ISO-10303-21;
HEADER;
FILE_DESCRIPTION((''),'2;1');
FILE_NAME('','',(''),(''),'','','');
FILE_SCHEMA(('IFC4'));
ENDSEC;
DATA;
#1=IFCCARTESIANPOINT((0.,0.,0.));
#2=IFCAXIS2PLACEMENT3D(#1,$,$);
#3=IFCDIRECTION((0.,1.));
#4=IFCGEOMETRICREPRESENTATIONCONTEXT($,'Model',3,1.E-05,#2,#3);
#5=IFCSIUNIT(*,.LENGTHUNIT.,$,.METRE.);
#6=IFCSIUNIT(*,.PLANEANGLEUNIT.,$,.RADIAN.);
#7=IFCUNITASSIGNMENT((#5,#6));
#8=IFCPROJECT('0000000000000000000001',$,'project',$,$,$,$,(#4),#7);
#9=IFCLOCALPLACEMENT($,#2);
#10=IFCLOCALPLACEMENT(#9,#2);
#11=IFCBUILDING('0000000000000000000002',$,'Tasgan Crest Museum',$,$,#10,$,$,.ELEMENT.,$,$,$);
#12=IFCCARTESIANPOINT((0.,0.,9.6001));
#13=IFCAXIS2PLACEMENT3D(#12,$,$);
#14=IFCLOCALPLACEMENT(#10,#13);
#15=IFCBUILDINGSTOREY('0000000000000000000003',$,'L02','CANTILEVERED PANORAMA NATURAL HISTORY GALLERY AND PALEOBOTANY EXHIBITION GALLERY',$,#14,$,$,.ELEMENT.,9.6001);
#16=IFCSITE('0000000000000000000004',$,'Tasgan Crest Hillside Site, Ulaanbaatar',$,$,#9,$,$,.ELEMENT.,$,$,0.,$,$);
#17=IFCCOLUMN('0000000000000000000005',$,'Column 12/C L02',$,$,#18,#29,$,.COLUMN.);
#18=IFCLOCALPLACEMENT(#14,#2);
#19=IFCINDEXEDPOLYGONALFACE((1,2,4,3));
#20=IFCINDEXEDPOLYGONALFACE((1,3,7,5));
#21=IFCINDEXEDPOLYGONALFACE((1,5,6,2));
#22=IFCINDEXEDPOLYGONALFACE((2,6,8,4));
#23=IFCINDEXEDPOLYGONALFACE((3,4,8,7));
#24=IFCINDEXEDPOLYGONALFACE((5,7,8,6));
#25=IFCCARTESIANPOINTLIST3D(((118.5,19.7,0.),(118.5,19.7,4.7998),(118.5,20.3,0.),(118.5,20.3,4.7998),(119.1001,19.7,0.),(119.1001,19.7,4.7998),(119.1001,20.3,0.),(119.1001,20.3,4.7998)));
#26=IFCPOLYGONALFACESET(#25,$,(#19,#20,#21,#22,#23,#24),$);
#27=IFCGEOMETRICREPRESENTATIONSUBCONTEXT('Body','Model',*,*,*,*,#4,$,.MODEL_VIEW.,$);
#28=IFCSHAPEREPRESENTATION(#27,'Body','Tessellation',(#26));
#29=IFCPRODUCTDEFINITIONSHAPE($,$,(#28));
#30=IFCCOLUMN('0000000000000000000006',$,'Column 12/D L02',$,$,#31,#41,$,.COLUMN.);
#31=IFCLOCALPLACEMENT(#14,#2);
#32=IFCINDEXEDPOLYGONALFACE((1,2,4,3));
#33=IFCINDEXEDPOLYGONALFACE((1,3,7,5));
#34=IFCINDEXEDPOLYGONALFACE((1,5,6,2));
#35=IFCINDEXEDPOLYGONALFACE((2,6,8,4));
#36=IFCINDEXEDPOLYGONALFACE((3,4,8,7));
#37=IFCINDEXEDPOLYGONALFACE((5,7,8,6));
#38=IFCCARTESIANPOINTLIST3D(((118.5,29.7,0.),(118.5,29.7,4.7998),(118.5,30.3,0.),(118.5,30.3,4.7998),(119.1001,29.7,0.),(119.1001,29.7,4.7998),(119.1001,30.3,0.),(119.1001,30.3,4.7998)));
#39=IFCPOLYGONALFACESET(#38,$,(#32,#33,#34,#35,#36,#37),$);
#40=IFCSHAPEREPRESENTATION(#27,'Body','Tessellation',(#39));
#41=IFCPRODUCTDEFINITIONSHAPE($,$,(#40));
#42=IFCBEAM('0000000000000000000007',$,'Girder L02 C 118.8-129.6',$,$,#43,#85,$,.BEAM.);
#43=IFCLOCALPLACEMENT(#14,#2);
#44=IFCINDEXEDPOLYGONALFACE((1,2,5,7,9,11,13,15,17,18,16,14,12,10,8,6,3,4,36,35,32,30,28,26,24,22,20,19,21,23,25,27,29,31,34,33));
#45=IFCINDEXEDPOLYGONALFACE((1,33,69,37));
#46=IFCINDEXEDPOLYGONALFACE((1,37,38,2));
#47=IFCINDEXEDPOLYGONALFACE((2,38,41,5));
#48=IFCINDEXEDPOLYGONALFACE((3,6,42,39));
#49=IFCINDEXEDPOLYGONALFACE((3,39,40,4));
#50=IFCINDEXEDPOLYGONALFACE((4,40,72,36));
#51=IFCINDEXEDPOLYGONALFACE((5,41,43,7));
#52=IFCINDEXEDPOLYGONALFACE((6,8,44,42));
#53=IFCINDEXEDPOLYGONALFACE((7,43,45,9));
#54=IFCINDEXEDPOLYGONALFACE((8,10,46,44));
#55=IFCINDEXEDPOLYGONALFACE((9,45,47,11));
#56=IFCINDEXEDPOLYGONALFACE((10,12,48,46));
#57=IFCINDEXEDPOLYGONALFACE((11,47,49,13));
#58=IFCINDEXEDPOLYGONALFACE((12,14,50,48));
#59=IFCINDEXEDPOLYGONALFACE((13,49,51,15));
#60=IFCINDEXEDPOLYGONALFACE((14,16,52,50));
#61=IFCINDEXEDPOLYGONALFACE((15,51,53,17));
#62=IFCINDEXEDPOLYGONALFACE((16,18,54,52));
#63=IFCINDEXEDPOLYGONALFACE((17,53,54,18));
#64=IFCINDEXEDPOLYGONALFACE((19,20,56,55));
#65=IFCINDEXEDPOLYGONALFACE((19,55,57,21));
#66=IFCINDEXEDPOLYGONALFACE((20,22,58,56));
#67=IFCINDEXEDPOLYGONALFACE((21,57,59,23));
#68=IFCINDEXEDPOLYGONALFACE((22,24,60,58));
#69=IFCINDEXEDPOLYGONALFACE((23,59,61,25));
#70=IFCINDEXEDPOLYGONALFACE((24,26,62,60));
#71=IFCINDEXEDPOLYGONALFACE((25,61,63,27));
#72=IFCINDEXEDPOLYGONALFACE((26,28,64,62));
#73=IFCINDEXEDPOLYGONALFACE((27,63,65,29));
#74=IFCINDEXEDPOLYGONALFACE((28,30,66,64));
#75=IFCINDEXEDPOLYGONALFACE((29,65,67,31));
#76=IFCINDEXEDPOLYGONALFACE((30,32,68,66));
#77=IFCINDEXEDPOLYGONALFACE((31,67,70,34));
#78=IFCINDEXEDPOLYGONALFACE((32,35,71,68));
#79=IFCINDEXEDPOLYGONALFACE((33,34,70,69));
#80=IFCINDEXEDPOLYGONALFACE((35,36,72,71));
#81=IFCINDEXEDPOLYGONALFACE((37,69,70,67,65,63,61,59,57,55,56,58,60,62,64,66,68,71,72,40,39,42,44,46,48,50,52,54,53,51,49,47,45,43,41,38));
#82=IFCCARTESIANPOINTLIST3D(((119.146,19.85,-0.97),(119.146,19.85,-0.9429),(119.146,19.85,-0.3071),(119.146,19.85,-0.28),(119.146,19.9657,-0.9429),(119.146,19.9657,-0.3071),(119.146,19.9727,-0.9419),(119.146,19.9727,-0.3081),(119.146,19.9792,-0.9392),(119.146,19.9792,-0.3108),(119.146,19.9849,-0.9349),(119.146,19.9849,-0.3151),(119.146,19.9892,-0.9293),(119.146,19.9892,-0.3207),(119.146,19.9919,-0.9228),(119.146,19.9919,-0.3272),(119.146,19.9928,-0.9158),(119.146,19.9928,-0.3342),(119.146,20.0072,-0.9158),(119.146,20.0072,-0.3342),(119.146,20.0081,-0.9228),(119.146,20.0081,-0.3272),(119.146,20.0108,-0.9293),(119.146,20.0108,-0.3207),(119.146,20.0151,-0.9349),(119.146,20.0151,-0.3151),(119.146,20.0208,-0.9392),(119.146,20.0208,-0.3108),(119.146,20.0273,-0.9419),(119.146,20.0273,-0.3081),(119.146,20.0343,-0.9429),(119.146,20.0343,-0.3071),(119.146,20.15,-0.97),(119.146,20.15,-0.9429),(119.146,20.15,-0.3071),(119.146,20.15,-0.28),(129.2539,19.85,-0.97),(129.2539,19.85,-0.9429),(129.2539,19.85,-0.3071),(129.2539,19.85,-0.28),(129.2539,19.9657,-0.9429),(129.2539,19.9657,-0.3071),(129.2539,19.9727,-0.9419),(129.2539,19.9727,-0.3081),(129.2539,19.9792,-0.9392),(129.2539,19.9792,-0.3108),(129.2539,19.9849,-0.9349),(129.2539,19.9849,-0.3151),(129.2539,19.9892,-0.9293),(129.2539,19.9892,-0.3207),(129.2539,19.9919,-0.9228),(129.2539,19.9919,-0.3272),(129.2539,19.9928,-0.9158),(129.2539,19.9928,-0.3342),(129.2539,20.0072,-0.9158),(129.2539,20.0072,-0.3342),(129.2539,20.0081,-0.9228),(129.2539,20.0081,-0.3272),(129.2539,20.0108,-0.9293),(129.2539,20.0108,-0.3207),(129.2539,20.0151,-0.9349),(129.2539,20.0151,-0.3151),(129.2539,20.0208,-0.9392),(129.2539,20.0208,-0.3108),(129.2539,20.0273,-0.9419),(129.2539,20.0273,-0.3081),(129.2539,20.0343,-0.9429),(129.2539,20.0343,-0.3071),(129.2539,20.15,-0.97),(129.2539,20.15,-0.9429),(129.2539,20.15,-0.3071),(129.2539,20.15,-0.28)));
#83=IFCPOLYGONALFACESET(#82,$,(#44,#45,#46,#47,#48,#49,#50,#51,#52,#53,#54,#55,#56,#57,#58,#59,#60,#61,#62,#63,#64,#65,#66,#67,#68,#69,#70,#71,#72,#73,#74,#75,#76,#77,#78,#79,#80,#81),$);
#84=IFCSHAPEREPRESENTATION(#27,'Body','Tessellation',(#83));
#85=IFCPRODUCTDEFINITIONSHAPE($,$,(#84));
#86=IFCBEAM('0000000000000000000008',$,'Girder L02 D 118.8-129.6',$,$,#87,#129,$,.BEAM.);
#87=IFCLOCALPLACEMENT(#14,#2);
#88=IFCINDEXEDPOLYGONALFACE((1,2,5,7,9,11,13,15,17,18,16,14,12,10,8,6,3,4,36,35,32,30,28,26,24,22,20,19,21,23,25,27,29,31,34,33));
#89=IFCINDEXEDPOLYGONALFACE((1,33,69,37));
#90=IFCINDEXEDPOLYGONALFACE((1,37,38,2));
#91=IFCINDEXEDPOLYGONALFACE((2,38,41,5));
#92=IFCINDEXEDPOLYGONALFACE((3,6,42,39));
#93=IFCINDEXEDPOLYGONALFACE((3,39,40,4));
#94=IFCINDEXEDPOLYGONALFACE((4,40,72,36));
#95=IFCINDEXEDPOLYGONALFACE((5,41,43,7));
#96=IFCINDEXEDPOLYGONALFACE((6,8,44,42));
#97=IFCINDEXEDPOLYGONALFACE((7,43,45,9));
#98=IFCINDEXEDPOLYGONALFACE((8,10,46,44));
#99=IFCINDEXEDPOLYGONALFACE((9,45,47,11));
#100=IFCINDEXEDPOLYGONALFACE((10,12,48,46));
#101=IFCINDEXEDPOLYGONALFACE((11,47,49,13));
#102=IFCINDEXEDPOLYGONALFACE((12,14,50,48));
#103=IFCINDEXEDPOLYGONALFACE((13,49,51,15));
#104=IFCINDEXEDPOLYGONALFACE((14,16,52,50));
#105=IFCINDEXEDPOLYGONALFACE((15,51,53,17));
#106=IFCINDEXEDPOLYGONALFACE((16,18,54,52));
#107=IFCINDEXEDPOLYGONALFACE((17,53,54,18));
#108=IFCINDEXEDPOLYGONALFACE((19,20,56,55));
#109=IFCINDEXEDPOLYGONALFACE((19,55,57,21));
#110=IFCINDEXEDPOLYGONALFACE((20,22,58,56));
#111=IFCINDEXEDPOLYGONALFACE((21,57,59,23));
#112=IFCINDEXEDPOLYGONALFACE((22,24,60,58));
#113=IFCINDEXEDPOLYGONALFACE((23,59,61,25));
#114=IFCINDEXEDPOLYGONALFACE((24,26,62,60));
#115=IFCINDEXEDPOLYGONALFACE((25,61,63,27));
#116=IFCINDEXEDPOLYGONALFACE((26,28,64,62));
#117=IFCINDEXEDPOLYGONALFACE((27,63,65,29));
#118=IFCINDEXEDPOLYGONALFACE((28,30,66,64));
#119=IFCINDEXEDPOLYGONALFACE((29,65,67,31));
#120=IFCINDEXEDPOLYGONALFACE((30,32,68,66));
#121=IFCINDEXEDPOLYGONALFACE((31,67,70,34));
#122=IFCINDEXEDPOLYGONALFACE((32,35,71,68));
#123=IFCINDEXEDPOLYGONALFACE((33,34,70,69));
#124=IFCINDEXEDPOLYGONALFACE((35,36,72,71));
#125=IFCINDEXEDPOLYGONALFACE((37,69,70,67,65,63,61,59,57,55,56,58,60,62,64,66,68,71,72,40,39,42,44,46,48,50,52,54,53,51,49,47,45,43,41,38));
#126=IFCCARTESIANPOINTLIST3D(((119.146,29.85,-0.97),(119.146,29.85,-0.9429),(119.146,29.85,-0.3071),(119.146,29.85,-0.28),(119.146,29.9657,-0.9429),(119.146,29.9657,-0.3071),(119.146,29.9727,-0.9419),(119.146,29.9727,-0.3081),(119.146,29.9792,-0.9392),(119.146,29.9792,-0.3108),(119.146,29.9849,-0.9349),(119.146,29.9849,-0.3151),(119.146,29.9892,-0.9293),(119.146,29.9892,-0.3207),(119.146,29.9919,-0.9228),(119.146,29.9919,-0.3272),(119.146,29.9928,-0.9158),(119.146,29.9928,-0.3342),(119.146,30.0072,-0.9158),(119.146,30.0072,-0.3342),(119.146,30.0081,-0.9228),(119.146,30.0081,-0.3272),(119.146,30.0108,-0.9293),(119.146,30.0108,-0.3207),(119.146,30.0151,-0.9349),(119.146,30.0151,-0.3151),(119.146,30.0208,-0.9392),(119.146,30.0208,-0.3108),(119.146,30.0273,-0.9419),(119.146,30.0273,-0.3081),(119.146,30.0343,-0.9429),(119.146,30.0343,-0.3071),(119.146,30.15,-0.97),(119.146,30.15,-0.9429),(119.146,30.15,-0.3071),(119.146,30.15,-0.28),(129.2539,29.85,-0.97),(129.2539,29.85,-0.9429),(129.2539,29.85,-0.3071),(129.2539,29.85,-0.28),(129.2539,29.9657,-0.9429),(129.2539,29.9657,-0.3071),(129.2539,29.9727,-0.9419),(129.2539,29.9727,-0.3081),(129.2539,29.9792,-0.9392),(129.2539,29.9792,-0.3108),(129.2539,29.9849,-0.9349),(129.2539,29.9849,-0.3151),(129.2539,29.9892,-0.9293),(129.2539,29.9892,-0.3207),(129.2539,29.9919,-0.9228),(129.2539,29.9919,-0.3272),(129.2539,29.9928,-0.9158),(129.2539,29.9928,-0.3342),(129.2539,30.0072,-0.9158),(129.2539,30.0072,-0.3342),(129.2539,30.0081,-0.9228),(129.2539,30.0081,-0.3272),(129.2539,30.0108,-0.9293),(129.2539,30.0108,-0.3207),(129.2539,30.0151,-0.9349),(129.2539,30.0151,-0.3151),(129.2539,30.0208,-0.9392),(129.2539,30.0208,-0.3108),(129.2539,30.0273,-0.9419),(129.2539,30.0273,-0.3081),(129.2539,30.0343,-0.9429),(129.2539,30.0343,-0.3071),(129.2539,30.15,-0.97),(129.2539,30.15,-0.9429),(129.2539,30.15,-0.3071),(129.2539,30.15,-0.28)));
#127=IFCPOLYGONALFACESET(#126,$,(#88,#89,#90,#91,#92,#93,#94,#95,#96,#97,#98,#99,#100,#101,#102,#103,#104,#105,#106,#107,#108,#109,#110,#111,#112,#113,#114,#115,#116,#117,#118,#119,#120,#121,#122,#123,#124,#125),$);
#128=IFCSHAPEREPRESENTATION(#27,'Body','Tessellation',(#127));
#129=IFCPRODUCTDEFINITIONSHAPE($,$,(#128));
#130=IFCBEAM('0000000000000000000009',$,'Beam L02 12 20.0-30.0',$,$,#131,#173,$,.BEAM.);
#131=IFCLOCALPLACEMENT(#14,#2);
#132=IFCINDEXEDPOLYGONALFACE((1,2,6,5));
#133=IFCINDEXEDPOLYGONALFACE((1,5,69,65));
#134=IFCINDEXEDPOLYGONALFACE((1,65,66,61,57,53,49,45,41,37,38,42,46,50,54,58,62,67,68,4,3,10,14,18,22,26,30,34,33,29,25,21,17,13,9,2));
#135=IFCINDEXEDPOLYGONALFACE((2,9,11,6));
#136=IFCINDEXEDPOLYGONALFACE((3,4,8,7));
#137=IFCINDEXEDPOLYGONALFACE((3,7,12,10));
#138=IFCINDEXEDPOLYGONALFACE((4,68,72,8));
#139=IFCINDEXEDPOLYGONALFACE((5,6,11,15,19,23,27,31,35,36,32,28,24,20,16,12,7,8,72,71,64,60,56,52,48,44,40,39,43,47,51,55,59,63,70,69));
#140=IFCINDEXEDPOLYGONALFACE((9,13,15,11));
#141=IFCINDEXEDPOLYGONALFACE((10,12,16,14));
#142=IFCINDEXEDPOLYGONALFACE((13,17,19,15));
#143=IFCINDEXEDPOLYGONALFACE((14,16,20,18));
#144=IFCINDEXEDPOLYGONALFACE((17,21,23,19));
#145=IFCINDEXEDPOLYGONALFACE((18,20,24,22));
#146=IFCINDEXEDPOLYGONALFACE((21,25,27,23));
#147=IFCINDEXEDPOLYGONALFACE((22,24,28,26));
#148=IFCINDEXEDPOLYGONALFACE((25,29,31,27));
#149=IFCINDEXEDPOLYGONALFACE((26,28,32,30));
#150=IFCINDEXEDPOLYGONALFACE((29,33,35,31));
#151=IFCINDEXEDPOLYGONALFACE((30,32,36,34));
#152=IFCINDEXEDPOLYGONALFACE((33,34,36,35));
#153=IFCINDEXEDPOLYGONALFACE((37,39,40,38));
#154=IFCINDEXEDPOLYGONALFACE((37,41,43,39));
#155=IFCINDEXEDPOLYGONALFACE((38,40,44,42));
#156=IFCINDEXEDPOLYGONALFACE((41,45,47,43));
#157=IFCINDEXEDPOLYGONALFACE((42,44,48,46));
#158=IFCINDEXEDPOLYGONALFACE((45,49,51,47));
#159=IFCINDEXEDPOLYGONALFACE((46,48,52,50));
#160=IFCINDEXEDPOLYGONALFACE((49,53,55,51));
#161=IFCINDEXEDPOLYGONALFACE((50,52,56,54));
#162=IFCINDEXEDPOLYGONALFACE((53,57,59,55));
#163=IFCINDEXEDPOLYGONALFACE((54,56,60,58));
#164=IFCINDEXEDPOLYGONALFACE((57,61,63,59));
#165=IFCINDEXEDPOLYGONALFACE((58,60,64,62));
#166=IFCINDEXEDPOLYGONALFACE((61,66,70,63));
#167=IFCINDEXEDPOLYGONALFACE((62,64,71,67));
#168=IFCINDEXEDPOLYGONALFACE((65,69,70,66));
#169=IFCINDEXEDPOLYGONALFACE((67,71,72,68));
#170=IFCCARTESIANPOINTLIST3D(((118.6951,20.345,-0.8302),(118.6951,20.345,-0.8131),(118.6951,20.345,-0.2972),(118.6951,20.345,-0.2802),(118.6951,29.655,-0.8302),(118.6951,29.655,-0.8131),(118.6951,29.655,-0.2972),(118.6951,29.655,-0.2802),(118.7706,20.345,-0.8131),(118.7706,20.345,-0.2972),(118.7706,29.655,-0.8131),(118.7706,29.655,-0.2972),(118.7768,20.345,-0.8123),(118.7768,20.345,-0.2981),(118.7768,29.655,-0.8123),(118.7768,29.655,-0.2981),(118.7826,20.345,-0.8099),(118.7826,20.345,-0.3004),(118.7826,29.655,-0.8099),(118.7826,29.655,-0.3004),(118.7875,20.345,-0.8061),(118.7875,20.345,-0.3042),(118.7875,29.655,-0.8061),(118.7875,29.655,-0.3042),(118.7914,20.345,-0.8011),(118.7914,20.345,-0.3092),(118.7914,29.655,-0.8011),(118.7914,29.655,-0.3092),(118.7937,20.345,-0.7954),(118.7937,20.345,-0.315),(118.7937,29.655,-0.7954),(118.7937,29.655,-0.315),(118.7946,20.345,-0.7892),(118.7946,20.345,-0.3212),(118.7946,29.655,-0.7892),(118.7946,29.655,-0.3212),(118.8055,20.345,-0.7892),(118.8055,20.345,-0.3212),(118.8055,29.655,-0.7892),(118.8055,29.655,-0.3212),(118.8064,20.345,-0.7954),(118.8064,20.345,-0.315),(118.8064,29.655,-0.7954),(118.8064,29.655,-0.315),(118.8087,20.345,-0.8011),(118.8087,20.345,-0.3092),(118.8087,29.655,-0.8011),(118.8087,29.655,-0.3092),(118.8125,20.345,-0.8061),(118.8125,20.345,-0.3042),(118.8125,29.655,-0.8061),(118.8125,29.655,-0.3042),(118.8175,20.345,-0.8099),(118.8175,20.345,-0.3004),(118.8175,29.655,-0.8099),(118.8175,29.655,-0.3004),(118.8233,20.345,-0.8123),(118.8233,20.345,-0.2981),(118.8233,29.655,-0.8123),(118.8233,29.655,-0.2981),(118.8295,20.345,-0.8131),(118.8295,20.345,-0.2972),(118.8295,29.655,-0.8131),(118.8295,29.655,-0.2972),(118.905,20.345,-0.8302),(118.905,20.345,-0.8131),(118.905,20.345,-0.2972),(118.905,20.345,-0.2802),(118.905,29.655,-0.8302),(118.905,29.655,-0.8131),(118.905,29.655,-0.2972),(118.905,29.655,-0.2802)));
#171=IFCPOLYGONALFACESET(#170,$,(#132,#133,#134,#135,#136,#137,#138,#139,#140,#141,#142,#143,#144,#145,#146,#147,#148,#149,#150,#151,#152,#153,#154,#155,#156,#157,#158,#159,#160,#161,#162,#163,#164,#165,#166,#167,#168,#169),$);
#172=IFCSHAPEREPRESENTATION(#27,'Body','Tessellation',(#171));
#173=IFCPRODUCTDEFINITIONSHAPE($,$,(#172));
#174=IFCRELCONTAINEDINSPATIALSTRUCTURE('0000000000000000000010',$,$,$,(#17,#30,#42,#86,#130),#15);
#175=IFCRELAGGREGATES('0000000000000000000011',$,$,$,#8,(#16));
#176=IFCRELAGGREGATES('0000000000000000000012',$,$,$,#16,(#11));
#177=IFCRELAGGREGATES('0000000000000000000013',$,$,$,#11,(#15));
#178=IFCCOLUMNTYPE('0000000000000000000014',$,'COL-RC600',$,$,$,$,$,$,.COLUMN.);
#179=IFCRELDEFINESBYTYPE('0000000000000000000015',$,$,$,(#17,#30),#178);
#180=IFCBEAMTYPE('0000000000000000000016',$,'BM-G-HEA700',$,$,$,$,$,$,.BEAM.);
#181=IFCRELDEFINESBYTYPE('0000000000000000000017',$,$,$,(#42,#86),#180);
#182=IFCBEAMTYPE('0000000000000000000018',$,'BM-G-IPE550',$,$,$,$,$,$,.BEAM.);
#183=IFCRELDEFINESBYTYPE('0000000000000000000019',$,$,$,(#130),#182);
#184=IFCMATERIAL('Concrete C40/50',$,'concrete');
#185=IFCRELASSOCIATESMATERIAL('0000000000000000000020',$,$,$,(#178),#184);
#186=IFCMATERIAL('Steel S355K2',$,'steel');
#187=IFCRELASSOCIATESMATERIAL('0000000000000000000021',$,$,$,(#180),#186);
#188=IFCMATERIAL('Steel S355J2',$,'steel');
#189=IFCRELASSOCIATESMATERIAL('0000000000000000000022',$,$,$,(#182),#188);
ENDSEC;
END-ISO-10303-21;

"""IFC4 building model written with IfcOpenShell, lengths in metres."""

from ifc_helpers import new_model, si_unit, direction, frame, origin, origin_2d, place, context, subcontext, project, spatial, rectangle, i_section, extrude, material, material_profile, profile_set, type_object, element, save


model = new_model("IFC4")

# Units and contexts
model_context = context("Model", 3, precision=1e-05, world=origin(), true_north=direction((0.0, 1.0)))
body_context = subcontext(model_context, "Body", "Model", "MODEL_VIEW")
ifc_project = project(units=[si_unit("LENGTHUNIT", "METRE"), si_unit("PLANEANGLEUNIT", "RADIAN")], contexts=[model_context])

# Site, building, storey
site_placement = place(None, origin())
site = spatial("IfcSite", under=ifc_project, at=site_placement, Name="Tasgan Crest Hillside Site, Ulaanbaatar", CompositionType="ELEMENT", RefElevation=0.0)
building_placement = place(site_placement, origin())
building = spatial("IfcBuilding", under=site, at=building_placement, Name="Tasgan Crest Museum", CompositionType="ELEMENT")
storey_placement = place(building_placement, frame((0.0, 0.0, 9.6001)))
storey = spatial("IfcBuildingStorey", under=building, at=storey_placement, Name="L02", Description="CANTILEVERED PANORAMA NATURAL HISTORY GALLERY AND PALEOBOTANY EXHIBITION GALLERY", CompositionType="ELEMENT", Elevation=9.6001)

# Columns
ifc_material_1 = material(Name="Concrete C40/50", Category="concrete")
ifc_material_profile_1 = material_profile(ifc_material_1, rectangle(XDim=0.6001, YDim=0.6001, at=origin_2d()), Name="RC 600x600")
ifc_profile_set_1 = profile_set([ifc_material_profile_1], Name="Concrete C40/50")
column_type = type_object("IfcColumnType", Name="COL-RC600", PredefinedType="COLUMN", material=ifc_profile_set_1)
for number, where, z_axis, x_axis, name in (
    (1, (118.8, 20.0, 0.0), (0.0, 0.0, 1.0), (1.0, 0.0, 0.0), "Column 12/C L02"),
    (2, (118.8, 30.0, 0.0), (0.0, 0.0, 1.0), (1.0, 0.0, 0.0), "Column 12/D L02"),
):
    element("IfcColumn", number, at=place(storey_placement, frame(where, z_axis=z_axis, x_axis=x_axis)), inside=storey, type_object=column_type, Name=name, PredefinedType="COLUMN", context=body_context, shape_type="SweptSolid", body=[
        extrude(rectangle(XDim=0.6001, YDim=0.6001, at=origin_2d()), origin(), (0.0, 0.0, 1.0), 4.7998),
    ])

# Beams
ifc_material_2 = material(Name="Steel S355K2", Category="steel")
ifc_material_profile_2 = material_profile(ifc_material_2, i_section(OverallWidth=0.3, OverallDepth=0.6899, WebThickness=0.0144, FlangeThickness=0.0271, FilletRadius=0.0271, at=origin_2d()), Name="HEA 700")
ifc_profile_set_2 = profile_set([ifc_material_profile_2], Name="Steel S355K2")
beam_type_1 = type_object("IfcBeamType", Name="BM-G-HEA700", PredefinedType="BEAM", material=ifc_profile_set_2)
for number, where, z_axis, x_axis, name in (
    (3, (119.146, 20.0, -0.625), (1.0, 0.0, 0.0), (0.0, 1.0, 0.0), "Girder L02 C 118.8-129.6"),
    (4, (119.146, 30.0, -0.625), (1.0, 0.0, 0.0), (0.0, 1.0, 0.0), "Girder L02 D 118.8-129.6"),
):
    element("IfcBeam", number, at=place(storey_placement, frame(where, z_axis=z_axis, x_axis=x_axis)), inside=storey, type_object=beam_type_1, Name=name, PredefinedType="BEAM", context=body_context, shape_type="SweptSolid", body=[
        extrude(i_section(OverallWidth=0.3, OverallDepth=0.6899, WebThickness=0.0144, FlangeThickness=0.0271, FilletRadius=0.0271, at=origin_2d()), origin(), (0.0, 0.0, 1.0), 10.1079),
    ])
ifc_material_3 = material(Name="Steel S355J2", Category="steel")
ifc_material_profile_3 = material_profile(ifc_material_3, i_section(OverallWidth=0.21, OverallDepth=0.55, WebThickness=0.011, FlangeThickness=0.0171, FilletRadius=0.0239, at=origin_2d()), Name="IPE 550")
ifc_profile_set_3 = profile_set([ifc_material_profile_3], Name="Steel S355J2")
beam_type_2 = type_object("IfcBeamType", Name="BM-G-IPE550", PredefinedType="BEAM", material=ifc_profile_set_3)
for number, where, z_axis, x_axis, name in (
    (5, (118.8, 20.345, -0.5552), (0.0, 1.0, 0.0), (-1.0, 0.0, 0.0), "Beam L02 12 20.0-30.0"),
):
    element("IfcBeam", number, at=place(storey_placement, frame(where, z_axis=z_axis, x_axis=x_axis)), inside=storey, type_object=beam_type_2, Name=name, PredefinedType="BEAM", context=body_context, shape_type="SweptSolid", body=[
        extrude(i_section(OverallWidth=0.21, OverallDepth=0.55, WebThickness=0.011, FlangeThickness=0.0171, FilletRadius=0.0239, at=origin_2d()), origin(), (0.0, 0.0, 1.0), 9.3101),
    ])

save(model, "model.ifc")
